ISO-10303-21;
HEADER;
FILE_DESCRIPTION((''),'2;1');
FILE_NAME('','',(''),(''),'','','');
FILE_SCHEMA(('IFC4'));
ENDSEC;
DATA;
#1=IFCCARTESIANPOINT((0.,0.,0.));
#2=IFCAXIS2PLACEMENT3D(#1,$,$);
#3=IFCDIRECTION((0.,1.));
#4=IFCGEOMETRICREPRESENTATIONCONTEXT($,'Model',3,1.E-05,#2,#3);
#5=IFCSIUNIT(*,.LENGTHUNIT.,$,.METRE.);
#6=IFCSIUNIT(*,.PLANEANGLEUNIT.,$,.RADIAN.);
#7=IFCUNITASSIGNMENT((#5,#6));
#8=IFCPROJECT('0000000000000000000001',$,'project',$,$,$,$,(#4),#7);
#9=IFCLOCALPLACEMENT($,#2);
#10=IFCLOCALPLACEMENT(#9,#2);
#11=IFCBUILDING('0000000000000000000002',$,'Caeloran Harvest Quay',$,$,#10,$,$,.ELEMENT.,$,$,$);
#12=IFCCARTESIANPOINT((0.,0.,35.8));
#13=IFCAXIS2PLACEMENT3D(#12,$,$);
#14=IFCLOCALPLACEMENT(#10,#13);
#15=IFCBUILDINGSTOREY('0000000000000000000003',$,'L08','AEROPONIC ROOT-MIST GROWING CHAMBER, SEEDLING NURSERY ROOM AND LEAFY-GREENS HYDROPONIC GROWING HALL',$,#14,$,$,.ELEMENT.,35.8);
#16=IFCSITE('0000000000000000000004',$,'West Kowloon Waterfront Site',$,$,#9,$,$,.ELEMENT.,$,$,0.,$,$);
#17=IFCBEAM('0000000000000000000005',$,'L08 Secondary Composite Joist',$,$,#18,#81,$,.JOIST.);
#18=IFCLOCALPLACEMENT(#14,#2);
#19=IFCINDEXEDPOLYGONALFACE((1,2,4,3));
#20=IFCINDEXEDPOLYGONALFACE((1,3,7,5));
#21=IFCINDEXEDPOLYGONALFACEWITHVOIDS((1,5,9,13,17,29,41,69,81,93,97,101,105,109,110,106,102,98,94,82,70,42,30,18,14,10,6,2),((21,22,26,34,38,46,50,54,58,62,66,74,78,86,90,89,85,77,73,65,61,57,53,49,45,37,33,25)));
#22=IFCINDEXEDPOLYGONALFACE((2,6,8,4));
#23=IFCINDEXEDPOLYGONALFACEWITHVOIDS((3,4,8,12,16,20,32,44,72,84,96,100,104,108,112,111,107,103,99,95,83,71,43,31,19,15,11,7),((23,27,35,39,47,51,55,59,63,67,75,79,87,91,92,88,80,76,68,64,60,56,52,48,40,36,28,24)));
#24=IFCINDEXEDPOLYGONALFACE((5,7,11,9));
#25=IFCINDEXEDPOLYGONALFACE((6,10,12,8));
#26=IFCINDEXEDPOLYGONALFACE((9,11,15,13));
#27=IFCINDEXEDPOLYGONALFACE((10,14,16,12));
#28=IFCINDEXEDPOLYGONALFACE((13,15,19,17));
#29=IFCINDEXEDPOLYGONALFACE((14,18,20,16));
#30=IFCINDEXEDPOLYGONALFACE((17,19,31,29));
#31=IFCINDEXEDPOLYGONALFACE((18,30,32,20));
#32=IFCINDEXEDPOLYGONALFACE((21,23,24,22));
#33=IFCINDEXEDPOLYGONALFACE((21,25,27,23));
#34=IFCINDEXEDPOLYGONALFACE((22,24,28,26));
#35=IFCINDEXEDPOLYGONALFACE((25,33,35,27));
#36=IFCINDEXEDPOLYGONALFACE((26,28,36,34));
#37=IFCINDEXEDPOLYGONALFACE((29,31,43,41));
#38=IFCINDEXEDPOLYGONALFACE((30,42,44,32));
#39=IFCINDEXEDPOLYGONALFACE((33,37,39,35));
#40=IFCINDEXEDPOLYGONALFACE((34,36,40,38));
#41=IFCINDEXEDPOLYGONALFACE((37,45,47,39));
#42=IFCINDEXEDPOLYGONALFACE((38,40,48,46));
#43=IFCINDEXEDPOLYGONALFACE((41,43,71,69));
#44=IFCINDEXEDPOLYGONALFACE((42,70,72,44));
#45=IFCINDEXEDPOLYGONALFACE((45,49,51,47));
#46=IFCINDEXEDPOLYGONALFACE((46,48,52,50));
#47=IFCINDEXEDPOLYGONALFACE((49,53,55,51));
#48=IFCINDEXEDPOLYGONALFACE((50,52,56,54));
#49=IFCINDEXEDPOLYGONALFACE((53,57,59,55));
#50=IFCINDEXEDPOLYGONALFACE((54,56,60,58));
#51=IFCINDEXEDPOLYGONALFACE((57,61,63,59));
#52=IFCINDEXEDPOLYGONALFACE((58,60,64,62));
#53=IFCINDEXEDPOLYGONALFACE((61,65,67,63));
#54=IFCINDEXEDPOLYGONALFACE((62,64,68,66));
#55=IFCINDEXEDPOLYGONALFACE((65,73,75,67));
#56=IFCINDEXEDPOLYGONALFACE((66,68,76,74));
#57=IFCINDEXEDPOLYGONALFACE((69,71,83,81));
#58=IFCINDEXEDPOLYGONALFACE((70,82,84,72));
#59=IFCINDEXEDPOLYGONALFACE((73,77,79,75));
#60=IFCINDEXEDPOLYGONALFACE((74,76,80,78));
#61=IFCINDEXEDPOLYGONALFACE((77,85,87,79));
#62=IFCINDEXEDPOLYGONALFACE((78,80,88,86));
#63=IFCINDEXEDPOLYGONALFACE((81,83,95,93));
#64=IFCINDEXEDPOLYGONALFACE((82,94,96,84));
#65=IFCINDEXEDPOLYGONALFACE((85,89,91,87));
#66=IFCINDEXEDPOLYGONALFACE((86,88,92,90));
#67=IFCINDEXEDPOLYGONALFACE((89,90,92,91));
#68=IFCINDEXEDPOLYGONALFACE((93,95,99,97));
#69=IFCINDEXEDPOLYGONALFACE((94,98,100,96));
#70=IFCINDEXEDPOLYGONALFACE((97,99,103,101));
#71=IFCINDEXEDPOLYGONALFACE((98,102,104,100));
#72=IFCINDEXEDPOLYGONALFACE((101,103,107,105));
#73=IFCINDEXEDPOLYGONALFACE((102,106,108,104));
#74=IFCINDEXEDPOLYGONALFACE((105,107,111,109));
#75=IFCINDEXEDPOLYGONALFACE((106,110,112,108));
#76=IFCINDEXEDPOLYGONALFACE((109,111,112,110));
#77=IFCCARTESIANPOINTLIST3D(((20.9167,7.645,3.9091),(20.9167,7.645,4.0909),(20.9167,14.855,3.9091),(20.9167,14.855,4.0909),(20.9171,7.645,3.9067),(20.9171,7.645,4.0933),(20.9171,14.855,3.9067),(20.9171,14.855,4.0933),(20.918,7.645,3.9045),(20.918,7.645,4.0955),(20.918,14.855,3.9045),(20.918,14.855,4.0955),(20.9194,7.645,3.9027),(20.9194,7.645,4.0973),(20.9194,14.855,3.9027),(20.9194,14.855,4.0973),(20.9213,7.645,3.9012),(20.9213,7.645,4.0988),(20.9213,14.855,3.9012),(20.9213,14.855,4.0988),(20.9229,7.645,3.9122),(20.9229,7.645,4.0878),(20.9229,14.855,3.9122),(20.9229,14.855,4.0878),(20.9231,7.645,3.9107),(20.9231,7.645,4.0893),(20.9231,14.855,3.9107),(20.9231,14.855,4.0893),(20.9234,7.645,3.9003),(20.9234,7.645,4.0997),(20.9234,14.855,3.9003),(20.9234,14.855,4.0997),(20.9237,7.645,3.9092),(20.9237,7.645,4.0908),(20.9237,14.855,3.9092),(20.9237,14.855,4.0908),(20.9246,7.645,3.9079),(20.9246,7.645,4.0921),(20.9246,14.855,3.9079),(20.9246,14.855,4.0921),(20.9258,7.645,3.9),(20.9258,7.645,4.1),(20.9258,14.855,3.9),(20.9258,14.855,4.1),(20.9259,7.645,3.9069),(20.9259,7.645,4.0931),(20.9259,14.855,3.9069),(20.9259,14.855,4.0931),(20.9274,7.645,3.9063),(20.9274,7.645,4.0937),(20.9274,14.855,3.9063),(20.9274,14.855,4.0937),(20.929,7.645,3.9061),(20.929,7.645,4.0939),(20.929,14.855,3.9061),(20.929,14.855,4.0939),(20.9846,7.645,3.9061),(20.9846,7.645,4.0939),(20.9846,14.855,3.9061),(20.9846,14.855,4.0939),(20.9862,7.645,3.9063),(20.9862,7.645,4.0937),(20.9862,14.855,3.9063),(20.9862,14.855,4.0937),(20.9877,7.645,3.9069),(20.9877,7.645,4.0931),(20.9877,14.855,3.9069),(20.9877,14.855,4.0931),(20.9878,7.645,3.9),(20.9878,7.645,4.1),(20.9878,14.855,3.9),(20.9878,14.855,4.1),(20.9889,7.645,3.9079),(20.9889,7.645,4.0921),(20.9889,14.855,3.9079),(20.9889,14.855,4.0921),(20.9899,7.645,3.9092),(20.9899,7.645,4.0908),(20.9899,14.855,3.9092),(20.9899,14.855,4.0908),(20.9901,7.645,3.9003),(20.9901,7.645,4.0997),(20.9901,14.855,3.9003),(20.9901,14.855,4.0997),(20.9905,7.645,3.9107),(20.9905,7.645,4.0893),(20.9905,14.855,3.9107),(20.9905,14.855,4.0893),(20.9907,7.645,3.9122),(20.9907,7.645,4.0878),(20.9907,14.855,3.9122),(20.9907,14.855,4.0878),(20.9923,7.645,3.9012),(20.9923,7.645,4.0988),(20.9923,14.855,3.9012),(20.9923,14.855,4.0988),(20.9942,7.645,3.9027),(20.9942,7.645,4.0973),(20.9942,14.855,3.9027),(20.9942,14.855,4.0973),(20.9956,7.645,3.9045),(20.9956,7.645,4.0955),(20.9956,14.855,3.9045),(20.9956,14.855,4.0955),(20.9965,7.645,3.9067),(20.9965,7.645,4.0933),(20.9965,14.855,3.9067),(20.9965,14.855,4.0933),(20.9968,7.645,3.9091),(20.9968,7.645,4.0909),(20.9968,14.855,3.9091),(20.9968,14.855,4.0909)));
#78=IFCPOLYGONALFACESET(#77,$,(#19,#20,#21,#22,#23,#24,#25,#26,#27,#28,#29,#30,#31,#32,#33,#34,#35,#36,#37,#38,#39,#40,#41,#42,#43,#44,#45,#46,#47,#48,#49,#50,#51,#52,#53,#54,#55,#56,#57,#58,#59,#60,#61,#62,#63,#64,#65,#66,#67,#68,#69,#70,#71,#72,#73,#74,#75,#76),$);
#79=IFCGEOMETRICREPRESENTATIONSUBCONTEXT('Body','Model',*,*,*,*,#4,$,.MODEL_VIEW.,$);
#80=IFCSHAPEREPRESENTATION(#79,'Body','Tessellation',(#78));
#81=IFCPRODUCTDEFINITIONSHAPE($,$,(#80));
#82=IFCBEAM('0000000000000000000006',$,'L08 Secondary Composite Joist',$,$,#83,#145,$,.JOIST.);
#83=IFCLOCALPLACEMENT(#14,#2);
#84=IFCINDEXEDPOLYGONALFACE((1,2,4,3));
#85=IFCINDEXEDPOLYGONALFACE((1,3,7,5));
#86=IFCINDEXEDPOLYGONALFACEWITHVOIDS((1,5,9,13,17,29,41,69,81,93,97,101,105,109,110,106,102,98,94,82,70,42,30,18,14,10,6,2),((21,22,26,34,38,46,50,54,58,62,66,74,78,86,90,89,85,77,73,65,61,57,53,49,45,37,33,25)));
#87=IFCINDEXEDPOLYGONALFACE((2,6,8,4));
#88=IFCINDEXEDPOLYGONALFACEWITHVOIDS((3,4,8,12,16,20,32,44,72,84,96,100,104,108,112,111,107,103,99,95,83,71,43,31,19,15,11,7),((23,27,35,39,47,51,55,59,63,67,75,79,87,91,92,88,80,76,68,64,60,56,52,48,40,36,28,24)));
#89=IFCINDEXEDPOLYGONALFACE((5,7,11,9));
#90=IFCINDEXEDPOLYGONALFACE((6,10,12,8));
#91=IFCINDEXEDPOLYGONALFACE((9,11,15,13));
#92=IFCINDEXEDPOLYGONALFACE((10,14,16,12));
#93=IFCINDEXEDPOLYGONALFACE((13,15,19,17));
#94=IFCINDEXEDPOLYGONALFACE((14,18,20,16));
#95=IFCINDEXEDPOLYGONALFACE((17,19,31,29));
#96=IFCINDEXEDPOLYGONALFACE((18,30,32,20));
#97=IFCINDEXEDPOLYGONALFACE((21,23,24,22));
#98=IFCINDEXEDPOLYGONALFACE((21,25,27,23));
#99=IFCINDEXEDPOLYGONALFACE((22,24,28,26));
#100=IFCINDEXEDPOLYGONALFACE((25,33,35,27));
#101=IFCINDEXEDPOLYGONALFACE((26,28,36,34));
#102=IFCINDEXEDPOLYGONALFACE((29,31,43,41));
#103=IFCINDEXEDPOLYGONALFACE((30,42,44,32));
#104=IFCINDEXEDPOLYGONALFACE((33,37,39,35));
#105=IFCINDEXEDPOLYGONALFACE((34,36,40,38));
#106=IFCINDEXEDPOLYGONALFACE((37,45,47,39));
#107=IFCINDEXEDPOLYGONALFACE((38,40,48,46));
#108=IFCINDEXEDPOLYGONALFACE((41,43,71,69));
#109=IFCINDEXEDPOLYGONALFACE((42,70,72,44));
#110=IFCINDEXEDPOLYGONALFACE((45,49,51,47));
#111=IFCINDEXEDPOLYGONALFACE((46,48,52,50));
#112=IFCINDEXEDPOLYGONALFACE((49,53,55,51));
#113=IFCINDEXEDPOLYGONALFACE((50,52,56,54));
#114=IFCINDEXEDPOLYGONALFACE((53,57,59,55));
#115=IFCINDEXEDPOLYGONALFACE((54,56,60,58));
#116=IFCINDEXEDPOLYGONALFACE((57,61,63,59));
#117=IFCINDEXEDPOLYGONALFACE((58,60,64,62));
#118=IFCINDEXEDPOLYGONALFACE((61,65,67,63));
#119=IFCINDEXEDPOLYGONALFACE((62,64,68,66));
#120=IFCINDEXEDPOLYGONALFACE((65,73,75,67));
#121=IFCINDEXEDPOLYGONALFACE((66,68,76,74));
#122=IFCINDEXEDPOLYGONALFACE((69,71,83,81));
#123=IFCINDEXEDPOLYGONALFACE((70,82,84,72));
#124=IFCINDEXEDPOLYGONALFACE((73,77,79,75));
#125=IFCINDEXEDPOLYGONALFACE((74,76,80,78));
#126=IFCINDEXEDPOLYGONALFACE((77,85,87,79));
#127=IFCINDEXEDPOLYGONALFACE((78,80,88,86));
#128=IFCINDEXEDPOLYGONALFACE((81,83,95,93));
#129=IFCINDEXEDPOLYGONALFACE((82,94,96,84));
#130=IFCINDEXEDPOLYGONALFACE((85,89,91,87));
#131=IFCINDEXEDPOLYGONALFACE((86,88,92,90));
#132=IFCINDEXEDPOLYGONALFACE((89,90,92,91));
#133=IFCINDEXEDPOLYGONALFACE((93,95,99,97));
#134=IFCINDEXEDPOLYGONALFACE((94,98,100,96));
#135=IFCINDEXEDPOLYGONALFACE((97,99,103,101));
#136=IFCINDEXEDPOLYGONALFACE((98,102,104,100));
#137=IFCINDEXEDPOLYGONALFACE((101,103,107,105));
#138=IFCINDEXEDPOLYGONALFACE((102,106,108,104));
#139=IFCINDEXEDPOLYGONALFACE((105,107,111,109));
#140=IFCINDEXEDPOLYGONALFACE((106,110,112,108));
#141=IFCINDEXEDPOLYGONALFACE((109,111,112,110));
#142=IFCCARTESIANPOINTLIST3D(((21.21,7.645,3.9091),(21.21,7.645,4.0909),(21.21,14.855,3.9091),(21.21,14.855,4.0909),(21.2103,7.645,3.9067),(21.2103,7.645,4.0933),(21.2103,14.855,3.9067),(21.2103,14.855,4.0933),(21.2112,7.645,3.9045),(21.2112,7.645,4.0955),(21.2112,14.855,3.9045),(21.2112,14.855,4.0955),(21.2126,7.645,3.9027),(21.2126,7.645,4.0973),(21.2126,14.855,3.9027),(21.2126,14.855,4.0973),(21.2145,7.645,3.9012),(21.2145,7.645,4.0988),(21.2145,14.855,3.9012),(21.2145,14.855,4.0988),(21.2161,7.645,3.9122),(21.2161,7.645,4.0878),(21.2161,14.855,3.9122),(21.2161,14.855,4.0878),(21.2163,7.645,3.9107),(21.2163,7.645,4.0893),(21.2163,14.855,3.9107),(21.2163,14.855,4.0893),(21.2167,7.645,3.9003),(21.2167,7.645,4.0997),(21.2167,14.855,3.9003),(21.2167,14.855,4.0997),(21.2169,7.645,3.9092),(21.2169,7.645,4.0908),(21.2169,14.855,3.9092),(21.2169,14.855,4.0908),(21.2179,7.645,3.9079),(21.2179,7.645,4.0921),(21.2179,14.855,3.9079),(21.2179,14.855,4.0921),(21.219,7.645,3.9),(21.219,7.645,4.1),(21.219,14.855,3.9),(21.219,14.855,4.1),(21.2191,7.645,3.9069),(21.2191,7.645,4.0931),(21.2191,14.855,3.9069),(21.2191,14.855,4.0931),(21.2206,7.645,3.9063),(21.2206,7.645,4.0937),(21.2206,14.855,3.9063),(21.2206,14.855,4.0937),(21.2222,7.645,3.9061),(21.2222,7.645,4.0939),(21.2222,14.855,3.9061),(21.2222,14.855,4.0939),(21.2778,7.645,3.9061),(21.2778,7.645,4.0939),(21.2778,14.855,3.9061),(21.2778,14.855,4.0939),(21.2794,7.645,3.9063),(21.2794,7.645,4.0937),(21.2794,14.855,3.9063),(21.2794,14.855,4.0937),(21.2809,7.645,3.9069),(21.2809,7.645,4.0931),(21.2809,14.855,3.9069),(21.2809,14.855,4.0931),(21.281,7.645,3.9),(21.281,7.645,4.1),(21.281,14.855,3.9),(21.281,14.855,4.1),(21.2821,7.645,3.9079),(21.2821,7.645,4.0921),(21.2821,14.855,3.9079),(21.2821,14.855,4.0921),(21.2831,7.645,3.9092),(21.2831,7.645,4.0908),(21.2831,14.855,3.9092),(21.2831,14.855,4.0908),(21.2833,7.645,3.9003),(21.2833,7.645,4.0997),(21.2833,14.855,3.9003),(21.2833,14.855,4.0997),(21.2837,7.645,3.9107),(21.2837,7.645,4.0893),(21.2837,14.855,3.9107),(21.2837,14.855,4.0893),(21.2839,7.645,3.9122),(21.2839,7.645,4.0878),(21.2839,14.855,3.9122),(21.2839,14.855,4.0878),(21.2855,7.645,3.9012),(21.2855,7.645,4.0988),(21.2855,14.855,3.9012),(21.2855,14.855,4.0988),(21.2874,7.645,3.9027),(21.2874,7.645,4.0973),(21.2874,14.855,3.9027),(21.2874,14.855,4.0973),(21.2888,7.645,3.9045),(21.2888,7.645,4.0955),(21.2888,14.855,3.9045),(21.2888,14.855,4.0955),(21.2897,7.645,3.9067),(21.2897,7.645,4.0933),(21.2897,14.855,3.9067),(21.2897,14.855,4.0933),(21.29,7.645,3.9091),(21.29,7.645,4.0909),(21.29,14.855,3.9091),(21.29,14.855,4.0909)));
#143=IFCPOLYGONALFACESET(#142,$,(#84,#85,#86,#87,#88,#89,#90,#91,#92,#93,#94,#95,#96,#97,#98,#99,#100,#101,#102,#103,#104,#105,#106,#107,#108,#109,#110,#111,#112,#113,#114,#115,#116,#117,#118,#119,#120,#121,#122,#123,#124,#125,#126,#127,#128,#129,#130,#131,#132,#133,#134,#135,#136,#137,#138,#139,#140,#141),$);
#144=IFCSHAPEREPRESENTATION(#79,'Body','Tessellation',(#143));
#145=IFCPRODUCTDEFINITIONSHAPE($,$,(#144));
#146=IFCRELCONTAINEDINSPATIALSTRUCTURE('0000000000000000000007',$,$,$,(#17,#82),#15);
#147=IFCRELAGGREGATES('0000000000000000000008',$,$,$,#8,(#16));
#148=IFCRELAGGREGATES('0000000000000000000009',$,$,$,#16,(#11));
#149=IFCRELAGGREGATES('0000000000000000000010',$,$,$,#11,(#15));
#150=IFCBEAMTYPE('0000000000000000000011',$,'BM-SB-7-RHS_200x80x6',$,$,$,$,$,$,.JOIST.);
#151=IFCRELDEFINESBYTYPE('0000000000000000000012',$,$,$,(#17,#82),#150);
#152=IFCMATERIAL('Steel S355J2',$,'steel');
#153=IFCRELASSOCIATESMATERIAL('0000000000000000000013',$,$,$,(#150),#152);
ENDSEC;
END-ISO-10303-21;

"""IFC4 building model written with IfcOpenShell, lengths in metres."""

from ifc_helpers import new_model, si_unit, direction, frame, origin, origin_2d, place, context, subcontext, project, spatial, hollow_rectangle, extrude, material, material_profile, profile_set, type_object, element, save


model = new_model("IFC4")

# Units and contexts
model_context = context("Model", 3, precision=1e-05, world=origin(), true_north=direction((0.0, 1.0)))
body_context = subcontext(model_context, "Body", "Model", "MODEL_VIEW")
ifc_project = project(units=[si_unit("LENGTHUNIT", "METRE"), si_unit("PLANEANGLEUNIT", "RADIAN")], contexts=[model_context])

# Site, building, storey
site_placement = place(None, origin())
site = spatial("IfcSite", under=ifc_project, at=site_placement, Name="West Kowloon Waterfront Site", CompositionType="ELEMENT", RefElevation=0.0)
building_placement = place(site_placement, origin())
building = spatial("IfcBuilding", under=site, at=building_placement, Name="Caeloran Harvest Quay", CompositionType="ELEMENT")
storey_placement = place(building_placement, frame((0.0, 0.0, 35.8)))
storey = spatial("IfcBuildingStorey", under=building, at=storey_placement, Name="L08", Description="AEROPONIC ROOT-MIST GROWING CHAMBER, SEEDLING NURSERY ROOM AND LEAFY-GREENS HYDROPONIC GROWING HALL", CompositionType="ELEMENT", Elevation=35.8)

# Beams
ifc_material_1 = material(Name="Steel S355J2", Category="steel")
ifc_material_profile_1 = material_profile(ifc_material_1, hollow_rectangle(XDim=0.0801, YDim=0.2, WallThickness=0.0061, InnerFilletRadius=0.0061, OuterFilletRadius=0.009, at=origin_2d()), Name="RHS 200x80x6")
ifc_profile_set_1 = profile_set([ifc_material_profile_1], Name="Steel S355J2")
beam_type_1 = type_object("IfcBeamType", Name="BM-SB-7-RHS_200x80x6", PredefinedType="JOIST", material=ifc_profile_set_1)
for number, where, z_axis, x_axis, name in (
    (1, (20.9568, 7.645, 4.0), (0.0, 1.0, 0.0), (-1.0, 0.0, 0.0), "L08 Secondary Composite Joist"),
    (2, (21.25, 7.645, 4.0), (0.0, 1.0, 0.0), (-1.0, 0.0, 0.0), "L08 Secondary Composite Joist"),
):
    element("IfcBeam", number, at=place(storey_placement, frame(where, z_axis=z_axis, x_axis=x_axis)), inside=storey, type_object=beam_type_1, Name=name, PredefinedType="JOIST", context=body_context, shape_type="SweptSolid", body=[
        extrude(hollow_rectangle(XDim=0.0801, YDim=0.2, WallThickness=0.0061, InnerFilletRadius=0.0061, OuterFilletRadius=0.009, at=origin_2d()), origin(), (0.0, 0.0, 1.0), 7.21),
    ])

save(model, "model.ifc")
